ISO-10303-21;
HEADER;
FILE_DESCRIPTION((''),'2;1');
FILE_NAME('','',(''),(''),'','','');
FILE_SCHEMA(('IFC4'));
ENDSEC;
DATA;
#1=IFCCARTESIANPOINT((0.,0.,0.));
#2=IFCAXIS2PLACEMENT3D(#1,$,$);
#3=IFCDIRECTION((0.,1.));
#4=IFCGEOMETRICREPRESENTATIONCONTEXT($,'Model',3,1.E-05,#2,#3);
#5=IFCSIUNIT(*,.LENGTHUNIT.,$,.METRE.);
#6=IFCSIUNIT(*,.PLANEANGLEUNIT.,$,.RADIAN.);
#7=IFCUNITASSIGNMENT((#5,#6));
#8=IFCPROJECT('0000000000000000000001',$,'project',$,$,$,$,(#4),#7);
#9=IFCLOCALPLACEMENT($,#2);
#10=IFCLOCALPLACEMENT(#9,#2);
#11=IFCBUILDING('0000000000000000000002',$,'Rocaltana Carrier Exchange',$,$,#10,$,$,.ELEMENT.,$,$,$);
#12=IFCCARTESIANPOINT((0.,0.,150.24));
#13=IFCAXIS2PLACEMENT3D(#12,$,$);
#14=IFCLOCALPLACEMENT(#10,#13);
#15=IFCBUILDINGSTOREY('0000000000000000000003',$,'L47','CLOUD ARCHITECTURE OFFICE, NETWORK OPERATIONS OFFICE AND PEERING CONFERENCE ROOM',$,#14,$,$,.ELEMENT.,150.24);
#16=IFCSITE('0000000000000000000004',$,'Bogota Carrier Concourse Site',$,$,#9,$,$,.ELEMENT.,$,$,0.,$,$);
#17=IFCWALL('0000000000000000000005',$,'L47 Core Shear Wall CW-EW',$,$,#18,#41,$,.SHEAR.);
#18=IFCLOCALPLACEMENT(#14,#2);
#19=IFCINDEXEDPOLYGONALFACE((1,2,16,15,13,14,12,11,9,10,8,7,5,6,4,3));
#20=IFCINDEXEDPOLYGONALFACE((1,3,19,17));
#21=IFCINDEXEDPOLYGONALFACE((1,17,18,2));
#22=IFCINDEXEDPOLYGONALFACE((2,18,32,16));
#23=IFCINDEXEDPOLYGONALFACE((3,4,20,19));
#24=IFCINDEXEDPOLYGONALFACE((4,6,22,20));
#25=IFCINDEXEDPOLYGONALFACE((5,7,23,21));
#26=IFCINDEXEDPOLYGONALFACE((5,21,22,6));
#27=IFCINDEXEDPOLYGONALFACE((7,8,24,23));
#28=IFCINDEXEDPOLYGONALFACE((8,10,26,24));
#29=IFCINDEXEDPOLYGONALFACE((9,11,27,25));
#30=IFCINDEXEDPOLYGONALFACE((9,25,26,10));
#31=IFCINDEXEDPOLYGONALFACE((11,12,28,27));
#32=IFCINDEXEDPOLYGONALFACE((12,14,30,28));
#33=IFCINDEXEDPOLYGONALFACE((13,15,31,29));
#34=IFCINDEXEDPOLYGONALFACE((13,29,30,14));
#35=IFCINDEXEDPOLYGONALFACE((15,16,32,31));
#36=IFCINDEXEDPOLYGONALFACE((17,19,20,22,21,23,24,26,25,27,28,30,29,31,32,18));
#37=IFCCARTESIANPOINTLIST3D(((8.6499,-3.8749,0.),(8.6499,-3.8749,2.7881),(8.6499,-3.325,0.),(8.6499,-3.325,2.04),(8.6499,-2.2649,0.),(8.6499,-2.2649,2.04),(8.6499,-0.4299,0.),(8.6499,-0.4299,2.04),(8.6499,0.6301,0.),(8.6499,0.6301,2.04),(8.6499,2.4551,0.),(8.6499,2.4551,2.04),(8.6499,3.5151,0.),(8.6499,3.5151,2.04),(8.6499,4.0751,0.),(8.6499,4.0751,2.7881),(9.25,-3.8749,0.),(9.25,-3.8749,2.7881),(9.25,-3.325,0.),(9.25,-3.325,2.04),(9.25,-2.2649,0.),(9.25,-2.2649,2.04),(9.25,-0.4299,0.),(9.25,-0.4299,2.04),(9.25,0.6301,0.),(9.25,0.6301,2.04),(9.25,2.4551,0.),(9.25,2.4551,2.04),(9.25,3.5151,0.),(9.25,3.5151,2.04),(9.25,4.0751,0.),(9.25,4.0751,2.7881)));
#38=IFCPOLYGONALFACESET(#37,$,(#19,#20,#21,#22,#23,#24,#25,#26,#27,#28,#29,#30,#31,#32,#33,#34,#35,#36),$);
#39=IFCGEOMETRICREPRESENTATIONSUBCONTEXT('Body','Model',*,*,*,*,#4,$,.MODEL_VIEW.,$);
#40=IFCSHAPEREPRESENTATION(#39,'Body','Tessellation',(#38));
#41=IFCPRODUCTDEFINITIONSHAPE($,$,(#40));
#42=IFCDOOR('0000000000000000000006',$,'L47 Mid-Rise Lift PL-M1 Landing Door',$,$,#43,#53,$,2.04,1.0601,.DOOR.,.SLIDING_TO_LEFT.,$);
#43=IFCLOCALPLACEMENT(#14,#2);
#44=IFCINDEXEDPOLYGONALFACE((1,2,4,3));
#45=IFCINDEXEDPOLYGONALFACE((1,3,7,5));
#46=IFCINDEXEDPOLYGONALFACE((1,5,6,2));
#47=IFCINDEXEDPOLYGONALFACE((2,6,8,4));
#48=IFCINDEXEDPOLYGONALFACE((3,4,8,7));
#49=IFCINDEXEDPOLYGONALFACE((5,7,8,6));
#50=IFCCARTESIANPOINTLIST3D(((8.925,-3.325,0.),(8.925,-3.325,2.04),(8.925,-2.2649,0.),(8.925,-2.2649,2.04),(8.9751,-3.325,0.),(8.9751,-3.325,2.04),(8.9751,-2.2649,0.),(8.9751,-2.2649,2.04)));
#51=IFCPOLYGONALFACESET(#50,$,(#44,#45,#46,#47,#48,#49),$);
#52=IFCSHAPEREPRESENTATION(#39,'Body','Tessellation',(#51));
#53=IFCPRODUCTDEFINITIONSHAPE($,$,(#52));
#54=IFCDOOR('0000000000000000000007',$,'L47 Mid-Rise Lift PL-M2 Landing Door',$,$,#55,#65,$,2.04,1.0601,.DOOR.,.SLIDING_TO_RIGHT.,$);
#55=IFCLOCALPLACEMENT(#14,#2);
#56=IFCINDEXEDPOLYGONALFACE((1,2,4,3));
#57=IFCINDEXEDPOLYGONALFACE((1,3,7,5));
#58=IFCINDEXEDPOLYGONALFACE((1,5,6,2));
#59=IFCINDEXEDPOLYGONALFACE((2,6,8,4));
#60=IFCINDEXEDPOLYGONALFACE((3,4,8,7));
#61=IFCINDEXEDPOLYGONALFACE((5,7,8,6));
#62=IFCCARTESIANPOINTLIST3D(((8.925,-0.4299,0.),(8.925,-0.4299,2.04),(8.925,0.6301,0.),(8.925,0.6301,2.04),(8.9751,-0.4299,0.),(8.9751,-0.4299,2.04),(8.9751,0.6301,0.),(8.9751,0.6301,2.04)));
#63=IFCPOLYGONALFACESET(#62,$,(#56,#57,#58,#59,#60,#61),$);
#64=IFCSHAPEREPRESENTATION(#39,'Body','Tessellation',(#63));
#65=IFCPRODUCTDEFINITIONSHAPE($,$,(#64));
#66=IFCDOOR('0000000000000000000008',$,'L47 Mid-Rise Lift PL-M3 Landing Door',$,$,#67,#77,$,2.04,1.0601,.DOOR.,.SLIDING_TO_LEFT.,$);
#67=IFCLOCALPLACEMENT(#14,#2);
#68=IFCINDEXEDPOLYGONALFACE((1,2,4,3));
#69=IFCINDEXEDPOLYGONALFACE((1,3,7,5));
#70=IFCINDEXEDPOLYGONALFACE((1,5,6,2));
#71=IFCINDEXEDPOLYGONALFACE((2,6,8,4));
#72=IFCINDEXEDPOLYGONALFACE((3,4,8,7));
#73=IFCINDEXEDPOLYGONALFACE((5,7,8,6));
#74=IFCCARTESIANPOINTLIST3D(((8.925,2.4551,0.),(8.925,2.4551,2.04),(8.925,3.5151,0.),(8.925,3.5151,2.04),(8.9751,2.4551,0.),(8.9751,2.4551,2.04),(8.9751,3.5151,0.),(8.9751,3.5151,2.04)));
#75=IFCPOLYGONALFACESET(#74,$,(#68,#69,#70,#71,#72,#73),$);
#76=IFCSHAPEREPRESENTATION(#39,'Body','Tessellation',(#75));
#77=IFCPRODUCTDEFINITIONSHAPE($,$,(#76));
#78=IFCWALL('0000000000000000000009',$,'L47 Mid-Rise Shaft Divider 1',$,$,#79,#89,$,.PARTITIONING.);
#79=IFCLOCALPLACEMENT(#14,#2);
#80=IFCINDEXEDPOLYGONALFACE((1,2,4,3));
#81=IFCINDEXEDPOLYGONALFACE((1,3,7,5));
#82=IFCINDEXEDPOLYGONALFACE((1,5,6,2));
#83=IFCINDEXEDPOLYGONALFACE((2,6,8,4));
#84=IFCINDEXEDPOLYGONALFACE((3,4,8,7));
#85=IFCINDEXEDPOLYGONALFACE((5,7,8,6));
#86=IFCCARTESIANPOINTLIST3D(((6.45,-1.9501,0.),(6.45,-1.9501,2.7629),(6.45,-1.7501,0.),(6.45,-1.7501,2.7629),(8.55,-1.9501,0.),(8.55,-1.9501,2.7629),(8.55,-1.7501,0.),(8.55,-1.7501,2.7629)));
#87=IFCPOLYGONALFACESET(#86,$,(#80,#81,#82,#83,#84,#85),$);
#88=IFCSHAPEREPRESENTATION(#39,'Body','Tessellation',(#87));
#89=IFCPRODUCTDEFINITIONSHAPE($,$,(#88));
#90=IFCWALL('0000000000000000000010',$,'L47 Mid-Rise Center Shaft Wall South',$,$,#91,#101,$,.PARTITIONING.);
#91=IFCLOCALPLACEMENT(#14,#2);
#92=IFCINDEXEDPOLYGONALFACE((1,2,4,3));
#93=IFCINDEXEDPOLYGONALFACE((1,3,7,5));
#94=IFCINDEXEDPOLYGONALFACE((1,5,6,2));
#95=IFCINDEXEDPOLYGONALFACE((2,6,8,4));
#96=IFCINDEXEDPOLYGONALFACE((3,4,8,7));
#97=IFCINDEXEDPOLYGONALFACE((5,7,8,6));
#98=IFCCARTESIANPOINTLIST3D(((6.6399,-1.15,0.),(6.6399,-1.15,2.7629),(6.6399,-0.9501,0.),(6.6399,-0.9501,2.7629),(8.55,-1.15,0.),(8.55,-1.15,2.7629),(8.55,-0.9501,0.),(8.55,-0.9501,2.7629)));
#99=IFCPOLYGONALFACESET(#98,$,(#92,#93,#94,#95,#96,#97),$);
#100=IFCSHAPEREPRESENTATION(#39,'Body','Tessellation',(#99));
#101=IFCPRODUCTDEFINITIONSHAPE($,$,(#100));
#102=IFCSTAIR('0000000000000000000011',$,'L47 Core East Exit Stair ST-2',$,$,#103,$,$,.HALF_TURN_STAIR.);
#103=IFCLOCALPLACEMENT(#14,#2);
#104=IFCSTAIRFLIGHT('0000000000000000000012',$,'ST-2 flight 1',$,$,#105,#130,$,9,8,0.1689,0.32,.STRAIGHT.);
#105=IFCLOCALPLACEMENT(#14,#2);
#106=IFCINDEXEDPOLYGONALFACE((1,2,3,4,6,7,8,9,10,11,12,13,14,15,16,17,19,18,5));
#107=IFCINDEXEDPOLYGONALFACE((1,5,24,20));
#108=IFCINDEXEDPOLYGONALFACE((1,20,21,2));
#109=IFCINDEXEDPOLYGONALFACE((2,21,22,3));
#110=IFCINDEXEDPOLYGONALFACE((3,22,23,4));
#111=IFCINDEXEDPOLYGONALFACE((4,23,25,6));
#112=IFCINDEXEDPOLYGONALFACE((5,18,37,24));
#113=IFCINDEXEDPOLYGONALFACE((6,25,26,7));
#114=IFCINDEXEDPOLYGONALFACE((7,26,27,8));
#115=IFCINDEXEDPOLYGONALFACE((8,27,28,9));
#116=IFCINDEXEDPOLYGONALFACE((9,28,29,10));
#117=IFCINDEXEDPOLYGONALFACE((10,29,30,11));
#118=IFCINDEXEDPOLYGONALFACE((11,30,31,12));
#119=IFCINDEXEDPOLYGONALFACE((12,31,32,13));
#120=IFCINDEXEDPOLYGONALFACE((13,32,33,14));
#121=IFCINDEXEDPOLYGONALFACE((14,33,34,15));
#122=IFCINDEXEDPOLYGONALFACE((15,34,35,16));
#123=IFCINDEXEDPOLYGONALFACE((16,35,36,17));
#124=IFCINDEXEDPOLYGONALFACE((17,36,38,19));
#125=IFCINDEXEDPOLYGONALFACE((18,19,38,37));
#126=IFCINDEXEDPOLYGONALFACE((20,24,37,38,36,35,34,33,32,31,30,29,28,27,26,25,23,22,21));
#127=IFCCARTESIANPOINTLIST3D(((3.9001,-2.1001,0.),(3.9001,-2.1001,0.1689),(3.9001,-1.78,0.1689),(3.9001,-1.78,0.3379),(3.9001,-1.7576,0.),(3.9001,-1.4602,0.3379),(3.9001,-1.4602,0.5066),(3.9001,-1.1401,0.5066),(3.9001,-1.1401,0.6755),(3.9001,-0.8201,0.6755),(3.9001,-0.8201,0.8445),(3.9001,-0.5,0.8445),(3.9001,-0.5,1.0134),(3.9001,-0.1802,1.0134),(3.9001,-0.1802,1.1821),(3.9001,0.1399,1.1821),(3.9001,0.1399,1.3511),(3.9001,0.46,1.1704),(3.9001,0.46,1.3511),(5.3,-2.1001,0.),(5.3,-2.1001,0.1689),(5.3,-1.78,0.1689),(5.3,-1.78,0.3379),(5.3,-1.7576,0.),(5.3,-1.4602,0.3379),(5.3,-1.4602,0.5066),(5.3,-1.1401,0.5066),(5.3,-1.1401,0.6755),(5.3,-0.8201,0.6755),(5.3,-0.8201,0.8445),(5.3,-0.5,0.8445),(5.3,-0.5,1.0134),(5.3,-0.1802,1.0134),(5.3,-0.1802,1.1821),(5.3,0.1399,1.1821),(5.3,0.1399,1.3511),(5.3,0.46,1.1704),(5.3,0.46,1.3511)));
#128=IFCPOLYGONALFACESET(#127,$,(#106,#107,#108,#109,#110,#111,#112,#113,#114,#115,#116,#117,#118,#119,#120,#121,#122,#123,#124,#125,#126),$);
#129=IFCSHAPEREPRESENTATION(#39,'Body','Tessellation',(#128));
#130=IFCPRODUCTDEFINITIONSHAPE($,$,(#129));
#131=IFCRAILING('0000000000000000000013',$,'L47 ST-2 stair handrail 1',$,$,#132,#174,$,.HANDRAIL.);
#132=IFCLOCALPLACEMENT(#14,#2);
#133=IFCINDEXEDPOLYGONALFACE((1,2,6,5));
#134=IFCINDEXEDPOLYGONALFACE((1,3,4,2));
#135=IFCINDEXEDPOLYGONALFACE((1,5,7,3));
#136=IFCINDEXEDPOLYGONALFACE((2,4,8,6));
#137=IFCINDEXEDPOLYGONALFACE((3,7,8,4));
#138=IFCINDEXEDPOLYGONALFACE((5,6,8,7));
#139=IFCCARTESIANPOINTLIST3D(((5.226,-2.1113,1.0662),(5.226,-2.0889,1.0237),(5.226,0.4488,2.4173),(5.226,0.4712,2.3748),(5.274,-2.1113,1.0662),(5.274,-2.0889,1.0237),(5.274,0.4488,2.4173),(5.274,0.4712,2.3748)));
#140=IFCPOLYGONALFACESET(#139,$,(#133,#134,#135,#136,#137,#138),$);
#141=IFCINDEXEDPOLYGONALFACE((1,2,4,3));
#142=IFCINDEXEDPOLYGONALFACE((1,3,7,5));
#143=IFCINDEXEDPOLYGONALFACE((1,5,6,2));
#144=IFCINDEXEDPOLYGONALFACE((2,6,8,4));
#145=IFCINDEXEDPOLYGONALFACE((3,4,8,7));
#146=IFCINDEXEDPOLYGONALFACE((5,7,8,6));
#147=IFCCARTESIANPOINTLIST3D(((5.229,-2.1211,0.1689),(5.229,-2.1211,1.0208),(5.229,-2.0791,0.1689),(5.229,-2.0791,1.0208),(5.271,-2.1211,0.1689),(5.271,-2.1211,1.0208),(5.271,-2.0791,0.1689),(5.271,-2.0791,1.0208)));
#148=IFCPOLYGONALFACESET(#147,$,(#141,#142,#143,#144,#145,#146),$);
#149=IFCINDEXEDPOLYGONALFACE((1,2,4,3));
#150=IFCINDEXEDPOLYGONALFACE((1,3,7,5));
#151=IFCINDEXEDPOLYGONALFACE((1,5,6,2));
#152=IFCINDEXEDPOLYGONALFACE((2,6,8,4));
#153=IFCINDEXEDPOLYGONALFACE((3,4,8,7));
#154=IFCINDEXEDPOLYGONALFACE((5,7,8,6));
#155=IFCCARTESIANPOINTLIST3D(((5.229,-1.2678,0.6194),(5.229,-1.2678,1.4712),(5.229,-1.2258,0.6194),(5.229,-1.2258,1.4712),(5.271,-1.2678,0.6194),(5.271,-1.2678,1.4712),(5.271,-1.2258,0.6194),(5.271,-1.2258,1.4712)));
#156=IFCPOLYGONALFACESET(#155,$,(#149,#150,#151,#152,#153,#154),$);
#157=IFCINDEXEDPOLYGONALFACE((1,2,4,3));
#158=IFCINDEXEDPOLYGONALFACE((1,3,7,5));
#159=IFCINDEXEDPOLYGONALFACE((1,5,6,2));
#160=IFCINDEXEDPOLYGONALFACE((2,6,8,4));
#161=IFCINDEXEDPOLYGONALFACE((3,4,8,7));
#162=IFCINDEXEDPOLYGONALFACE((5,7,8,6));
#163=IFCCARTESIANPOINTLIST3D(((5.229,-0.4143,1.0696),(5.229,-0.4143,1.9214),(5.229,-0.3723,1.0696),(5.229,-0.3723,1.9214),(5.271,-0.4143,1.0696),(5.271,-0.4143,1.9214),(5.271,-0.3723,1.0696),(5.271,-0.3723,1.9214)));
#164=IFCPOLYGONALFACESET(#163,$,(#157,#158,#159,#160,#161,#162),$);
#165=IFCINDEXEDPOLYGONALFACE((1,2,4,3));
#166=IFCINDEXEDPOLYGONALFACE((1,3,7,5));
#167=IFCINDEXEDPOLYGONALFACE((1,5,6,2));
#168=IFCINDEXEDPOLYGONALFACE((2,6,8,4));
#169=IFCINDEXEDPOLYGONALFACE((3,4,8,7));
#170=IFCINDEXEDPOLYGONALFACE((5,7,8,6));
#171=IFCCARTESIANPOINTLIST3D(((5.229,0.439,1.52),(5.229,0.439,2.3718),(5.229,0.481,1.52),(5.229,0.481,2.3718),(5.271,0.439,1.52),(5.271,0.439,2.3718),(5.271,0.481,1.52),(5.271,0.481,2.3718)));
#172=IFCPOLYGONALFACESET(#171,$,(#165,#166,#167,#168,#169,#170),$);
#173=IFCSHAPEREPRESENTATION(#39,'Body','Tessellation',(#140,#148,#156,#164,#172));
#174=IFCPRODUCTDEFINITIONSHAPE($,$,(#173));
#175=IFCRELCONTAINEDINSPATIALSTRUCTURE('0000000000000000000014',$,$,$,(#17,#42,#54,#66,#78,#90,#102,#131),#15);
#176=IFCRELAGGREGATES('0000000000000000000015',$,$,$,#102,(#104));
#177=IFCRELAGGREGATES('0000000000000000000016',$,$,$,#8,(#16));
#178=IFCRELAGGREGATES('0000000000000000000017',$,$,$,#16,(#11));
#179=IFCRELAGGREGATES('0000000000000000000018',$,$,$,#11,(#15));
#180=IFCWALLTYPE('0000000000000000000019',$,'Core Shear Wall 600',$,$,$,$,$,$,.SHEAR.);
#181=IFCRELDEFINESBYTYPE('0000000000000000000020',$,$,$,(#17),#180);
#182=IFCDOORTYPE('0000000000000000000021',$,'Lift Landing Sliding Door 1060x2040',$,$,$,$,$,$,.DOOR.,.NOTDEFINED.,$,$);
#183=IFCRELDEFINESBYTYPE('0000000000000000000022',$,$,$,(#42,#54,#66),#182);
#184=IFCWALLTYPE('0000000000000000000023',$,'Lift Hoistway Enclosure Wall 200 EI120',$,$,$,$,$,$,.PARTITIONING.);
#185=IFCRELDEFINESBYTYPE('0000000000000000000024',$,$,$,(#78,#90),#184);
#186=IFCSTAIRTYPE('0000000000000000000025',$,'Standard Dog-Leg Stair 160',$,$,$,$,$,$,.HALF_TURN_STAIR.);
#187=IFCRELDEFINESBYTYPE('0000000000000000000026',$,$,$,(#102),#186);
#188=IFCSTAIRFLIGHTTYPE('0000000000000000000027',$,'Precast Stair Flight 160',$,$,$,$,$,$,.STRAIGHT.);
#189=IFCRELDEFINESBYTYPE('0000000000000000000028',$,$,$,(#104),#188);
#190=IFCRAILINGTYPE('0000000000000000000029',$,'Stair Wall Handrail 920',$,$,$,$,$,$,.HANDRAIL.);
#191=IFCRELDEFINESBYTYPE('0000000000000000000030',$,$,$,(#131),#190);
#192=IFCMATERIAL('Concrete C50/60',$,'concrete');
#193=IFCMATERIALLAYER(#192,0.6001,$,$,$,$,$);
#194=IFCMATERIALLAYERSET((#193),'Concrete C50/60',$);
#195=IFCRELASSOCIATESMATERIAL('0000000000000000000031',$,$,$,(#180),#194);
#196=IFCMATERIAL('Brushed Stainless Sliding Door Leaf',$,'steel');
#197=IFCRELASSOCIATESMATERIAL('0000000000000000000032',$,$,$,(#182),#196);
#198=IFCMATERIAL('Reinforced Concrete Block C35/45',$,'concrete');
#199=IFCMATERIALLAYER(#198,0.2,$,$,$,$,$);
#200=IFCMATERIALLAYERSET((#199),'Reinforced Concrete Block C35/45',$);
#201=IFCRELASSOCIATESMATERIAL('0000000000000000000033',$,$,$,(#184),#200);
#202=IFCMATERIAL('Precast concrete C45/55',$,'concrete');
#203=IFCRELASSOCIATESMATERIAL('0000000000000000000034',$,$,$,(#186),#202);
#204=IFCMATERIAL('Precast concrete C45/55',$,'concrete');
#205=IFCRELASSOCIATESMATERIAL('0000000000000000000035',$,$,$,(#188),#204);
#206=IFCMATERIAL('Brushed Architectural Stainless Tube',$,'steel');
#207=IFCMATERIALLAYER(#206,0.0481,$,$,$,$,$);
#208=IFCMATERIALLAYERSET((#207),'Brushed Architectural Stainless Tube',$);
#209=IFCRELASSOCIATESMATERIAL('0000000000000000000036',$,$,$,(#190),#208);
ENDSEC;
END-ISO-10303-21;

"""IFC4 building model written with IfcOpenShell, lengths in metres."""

from ifc_helpers import new_model, si_unit, direction, frame, frame_2d, origin, origin_2d, place, context, subcontext, project, spatial, polyline, rectangle, outline, extrude, material, layer, layer_set, type_object, element, fill, aggregate, save


model = new_model("IFC4")

# Units and contexts
model_context = context("Model", 3, precision=1e-05, world=origin(), true_north=direction((0.0, 1.0)))
body_context = subcontext(model_context, "Body", "Model", "MODEL_VIEW")
ifc_project = project(units=[si_unit("LENGTHUNIT", "METRE"), si_unit("PLANEANGLEUNIT", "RADIAN")], contexts=[model_context])

# Site, building, storey
site_placement = place(None, origin())
site = spatial("IfcSite", under=ifc_project, at=site_placement, Name="Bogota Carrier Concourse Site", CompositionType="ELEMENT", RefElevation=0.0)
building_placement = place(site_placement, origin())
building = spatial("IfcBuilding", under=site, at=building_placement, Name="Rocaltana Carrier Exchange", CompositionType="ELEMENT")
storey_placement = place(building_placement, frame((0.0, 0.0, 150.24)))
storey = spatial("IfcBuildingStorey", under=building, at=storey_placement, Name="L47", Description="CLOUD ARCHITECTURE OFFICE, NETWORK OPERATIONS OFFICE AND PEERING CONFERENCE ROOM", CompositionType="ELEMENT", Elevation=150.24)

# Shared definitions
ifc_material_1 = material(Name="Concrete C50/60", Category="concrete")
ifc_layer_1 = layer(ifc_material_1, 0.6001)
ifc_layer_set_1 = layer_set([ifc_layer_1], Name="Concrete C50/60")
wall_type_1 = type_object("IfcWallType", Name="Core Shear Wall 600", PredefinedType="SHEAR", material=ifc_layer_set_1)

# Wall, openings, doors
wall_1_placement = place(storey_placement, frame((8.95, -3.875, 0.0), z_axis=(0.0, 0.0, 1.0), x_axis=(0.0, 1.0, 0.0)))
wall_1 = element("IfcWall", 1, at=wall_1_placement, inside=storey, type_object=wall_type_1, Name="L47 Core Shear Wall CW-EW", PredefinedType="SHEAR", context=body_context, shape_type="SweptSolid", body=[
    extrude(rectangle(XDim=7.95, YDim=0.6001, at=frame_2d((3.9751, 0.0))), origin(), (0.0, 0.0, 1.0), 2.7881),
])
opening_1_placement = place(wall_1_placement, frame((0.55, 0.0, 0.0)))
opening_1 = element("IfcOpeningElement", 2, at=opening_1_placement, cuts=wall_1, PredefinedType="OPENING", context=body_context, shape_type="SweptSolid", body=[
    extrude(rectangle(XDim=1.0601, YDim=2.04, at=frame_2d((0.53, 1.02))), frame((0.0, 0.3101, 0.0), z_axis=(0.0, -1.0, 0.0), x_axis=(1.0, 0.0, 0.0)), (0.0, 0.0, 1.0), 0.6201),
])
opening_2_placement = place(wall_1_placement, frame((3.4451, 0.0, 0.0)))
opening_2 = element("IfcOpeningElement", 3, at=opening_2_placement, cuts=wall_1, PredefinedType="OPENING", context=body_context, shape_type="SweptSolid", body=[
    extrude(rectangle(XDim=1.0601, YDim=2.04, at=frame_2d((0.53, 1.02))), frame((0.0, 0.3101, 0.0), z_axis=(0.0, -1.0, 0.0), x_axis=(1.0, 0.0, 0.0)), (0.0, 0.0, 1.0), 0.6201),
])
opening_3_placement = place(wall_1_placement, frame((6.3301, 0.0, 0.0)))
opening_3 = element("IfcOpeningElement", 4, at=opening_3_placement, cuts=wall_1, PredefinedType="OPENING", context=body_context, shape_type="SweptSolid", body=[
    extrude(rectangle(XDim=1.0601, YDim=2.04, at=frame_2d((0.53, 1.02))), frame((0.0, 0.3101, 0.0), z_axis=(0.0, -1.0, 0.0), x_axis=(1.0, 0.0, 0.0)), (0.0, 0.0, 1.0), 0.6201),
])
ifc_material_2 = material(Name="Brushed Stainless Sliding Door Leaf", Category="steel")
door_type = type_object("IfcDoorType", Name="Lift Landing Sliding Door 1060x2040", OperationType="NOTDEFINED", PredefinedType="DOOR", material=ifc_material_2)
door_1_placement = place(opening_1_placement, origin())
door_1 = element("IfcDoor", 5, at=door_1_placement, inside=storey, type_object=door_type, Name="L47 Mid-Rise Lift PL-M1 Landing Door", OperationType="SLIDING_TO_LEFT", OverallHeight=2.04, OverallWidth=1.0601, PredefinedType="DOOR", context=body_context, shape_type="SweptSolid", body=[
    extrude(rectangle(XDim=1.0601, YDim=2.04, at=frame_2d((0.53, 1.02))), frame((0.0, 0.0249, 0.0), z_axis=(0.0, -1.0, 0.0), x_axis=(1.0, 0.0, 0.0)), (0.0, 0.0, 1.0), 0.05),
])
fill(opening_1, door_1)
door_2_placement = place(opening_2_placement, origin())
door_2 = element("IfcDoor", 6, at=door_2_placement, inside=storey, type_object=door_type, Name="L47 Mid-Rise Lift PL-M2 Landing Door", OperationType="SLIDING_TO_RIGHT", OverallHeight=2.04, OverallWidth=1.0601, PredefinedType="DOOR", context=body_context, shape_type="SweptSolid", body=[
    extrude(rectangle(XDim=1.0601, YDim=2.04, at=frame_2d((0.53, 1.02))), frame((0.0, 0.0249, 0.0), z_axis=(0.0, -1.0, 0.0), x_axis=(1.0, 0.0, 0.0)), (0.0, 0.0, 1.0), 0.05),
])
fill(opening_2, door_2)
door_3_placement = place(opening_3_placement, origin())
door_3 = element("IfcDoor", 7, at=door_3_placement, inside=storey, type_object=door_type, Name="L47 Mid-Rise Lift PL-M3 Landing Door", OperationType="SLIDING_TO_LEFT", OverallHeight=2.04, OverallWidth=1.0601, PredefinedType="DOOR", context=body_context, shape_type="SweptSolid", body=[
    extrude(rectangle(XDim=1.0601, YDim=2.04, at=frame_2d((0.53, 1.02))), frame((0.0, 0.0249, 0.0), z_axis=(0.0, -1.0, 0.0), x_axis=(1.0, 0.0, 0.0)), (0.0, 0.0, 1.0), 0.05),
])
fill(opening_3, door_3)

# Walls
ifc_material_3 = material(Name="Reinforced Concrete Block C35/45", Category="concrete")
ifc_layer_2 = layer(ifc_material_3, 0.2)
ifc_layer_set_2 = layer_set([ifc_layer_2], Name="Reinforced Concrete Block C35/45")
wall_type_2 = type_object("IfcWallType", Name="Lift Hoistway Enclosure Wall 200 EI120", PredefinedType="PARTITIONING", material=ifc_layer_set_2)
wall_2_placement = place(storey_placement, frame((6.45, -1.8501, 0.0), z_axis=(0.0, 0.0, 1.0), x_axis=(1.0, 0.0, 0.0)))
element("IfcWall", 8, at=wall_2_placement, inside=storey, type_object=wall_type_2, Name="L47 Mid-Rise Shaft Divider 1", PredefinedType="PARTITIONING", context=body_context, shape_type="SweptSolid", body=[
    extrude(rectangle(XDim=2.1001, YDim=0.2, at=frame_2d((1.05, 0.0))), origin(), (0.0, 0.0, 1.0), 2.7629),
])
wall_3_placement = place(storey_placement, frame((6.6399, -1.05, 0.0), z_axis=(0.0, 0.0, 1.0), x_axis=(1.0, 0.0, 0.0)))
element("IfcWall", 9, at=wall_3_placement, inside=storey, type_object=wall_type_2, Name="L47 Mid-Rise Center Shaft Wall South", PredefinedType="PARTITIONING", context=body_context, shape_type="SweptSolid", body=[
    extrude(rectangle(XDim=1.9102, YDim=0.2, at=frame_2d((0.9551, 0.0))), origin(), (0.0, 0.0, 1.0), 2.7629),
])

# Stair, stair flight
ifc_material_4 = material(Name="Precast concrete C45/55", Category="concrete")
stair_type = type_object("IfcStairType", Name="Standard Dog-Leg Stair 160", PredefinedType="HALF_TURN_STAIR", material=ifc_material_4)
stair_placement = place(storey_placement, origin())
stair = element("IfcStair", 10, at=stair_placement, inside=storey, type_object=stair_type, Name="L47 Core East Exit Stair ST-2", PredefinedType="HALF_TURN_STAIR")
ifc_material_5 = material(Name="Precast concrete C45/55", Category="concrete")
stair_flight_type = type_object("IfcStairFlightType", Name="Precast Stair Flight 160", PredefinedType="STRAIGHT", material=ifc_material_5)
stair_flight_placement = place(storey_placement, frame((4.6001, -2.1001, 0.0), z_axis=(0.0, 0.0, 1.0), x_axis=(0.0, 1.0, 0.0)))
stair_flight = element("IfcStairFlight", 11, at=stair_flight_placement, type_object=stair_flight_type, Name="ST-2 flight 1", NumberOfRisers=9, NumberOfTreads=8, PredefinedType="STRAIGHT", RiserHeight=0.1689, TreadLength=0.32, context=body_context, shape_type="SweptSolid", body=[
    extrude(outline(polyline([(0.0, 0.0), (0.0, 0.1689), (0.3201, 0.1689), (0.3201, 0.3379), (0.6399, 0.3379), (0.6399, 0.5066), (0.96, 0.5066), (0.96, 0.6755), (1.28, 0.6755), (1.28, 0.8445), (1.6001, 0.8445), (1.6001, 1.0134), (1.9199, 1.0134), (1.9199, 1.1821), (2.24, 1.1821), (2.24, 1.3511), (2.5601, 1.3511), (2.5601, 1.52), (2.5601, 1.1704), (0.3425, 0.0), (0.0, 0.0)])), frame((0.0, 0.7, 0.0), z_axis=(0.0, -1.0, 0.0), x_axis=(1.0, 0.0, 0.0)), (0.0, 0.0, 1.0), 1.3999),
])
aggregate(stair, [stair_flight])

# Railing
ifc_material_6 = material(Name="Brushed Architectural Stainless Tube", Category="steel")
ifc_layer_3 = layer(ifc_material_6, 0.0481)
ifc_layer_set_3 = layer_set([ifc_layer_3], Name="Brushed Architectural Stainless Tube")
railing_type_1 = type_object("IfcRailingType", Name="Stair Wall Handrail 920", PredefinedType="HANDRAIL", material=ifc_layer_set_3)
railing_1_placement = place(storey_placement, frame((5.25, -2.1001, 0.1689)))
element("IfcRailing", 12, at=railing_1_placement, inside=storey, type_object=railing_type_1, Name="L47 ST-2 stair handrail 1", PredefinedType="HANDRAIL", context=body_context, shape_type="SweptSolid", body=[
    extrude(rectangle(XDim=0.0481, YDim=0.0481, at=origin_2d()), frame((0.0, 0.0, 0.876), z_axis=(0.0, 0.884394, 0.46674), x_axis=(-1.0, 0.0, 0.0)), (0.0, 0.0, 1.0), 2.8948),
    extrude(rectangle(XDim=0.042, YDim=0.042, at=origin_2d()), origin(), (0.0, 0.0, 1.0), 0.8518),
    extrude(rectangle(XDim=0.042, YDim=0.042, at=origin_2d()), frame((0.0, 0.8533, 0.4504)), (0.0, 0.0, 1.0), 0.8518),
    extrude(rectangle(XDim=0.042, YDim=0.042, at=origin_2d()), frame((0.0, 1.7068, 0.9006)), (0.0, 0.0, 1.0), 0.8518),
    extrude(rectangle(XDim=0.042, YDim=0.042, at=origin_2d()), frame((0.0, 2.5601, 1.3511)), (0.0, 0.0, 1.0), 0.8518),
])

save(model, "model.ifc")
